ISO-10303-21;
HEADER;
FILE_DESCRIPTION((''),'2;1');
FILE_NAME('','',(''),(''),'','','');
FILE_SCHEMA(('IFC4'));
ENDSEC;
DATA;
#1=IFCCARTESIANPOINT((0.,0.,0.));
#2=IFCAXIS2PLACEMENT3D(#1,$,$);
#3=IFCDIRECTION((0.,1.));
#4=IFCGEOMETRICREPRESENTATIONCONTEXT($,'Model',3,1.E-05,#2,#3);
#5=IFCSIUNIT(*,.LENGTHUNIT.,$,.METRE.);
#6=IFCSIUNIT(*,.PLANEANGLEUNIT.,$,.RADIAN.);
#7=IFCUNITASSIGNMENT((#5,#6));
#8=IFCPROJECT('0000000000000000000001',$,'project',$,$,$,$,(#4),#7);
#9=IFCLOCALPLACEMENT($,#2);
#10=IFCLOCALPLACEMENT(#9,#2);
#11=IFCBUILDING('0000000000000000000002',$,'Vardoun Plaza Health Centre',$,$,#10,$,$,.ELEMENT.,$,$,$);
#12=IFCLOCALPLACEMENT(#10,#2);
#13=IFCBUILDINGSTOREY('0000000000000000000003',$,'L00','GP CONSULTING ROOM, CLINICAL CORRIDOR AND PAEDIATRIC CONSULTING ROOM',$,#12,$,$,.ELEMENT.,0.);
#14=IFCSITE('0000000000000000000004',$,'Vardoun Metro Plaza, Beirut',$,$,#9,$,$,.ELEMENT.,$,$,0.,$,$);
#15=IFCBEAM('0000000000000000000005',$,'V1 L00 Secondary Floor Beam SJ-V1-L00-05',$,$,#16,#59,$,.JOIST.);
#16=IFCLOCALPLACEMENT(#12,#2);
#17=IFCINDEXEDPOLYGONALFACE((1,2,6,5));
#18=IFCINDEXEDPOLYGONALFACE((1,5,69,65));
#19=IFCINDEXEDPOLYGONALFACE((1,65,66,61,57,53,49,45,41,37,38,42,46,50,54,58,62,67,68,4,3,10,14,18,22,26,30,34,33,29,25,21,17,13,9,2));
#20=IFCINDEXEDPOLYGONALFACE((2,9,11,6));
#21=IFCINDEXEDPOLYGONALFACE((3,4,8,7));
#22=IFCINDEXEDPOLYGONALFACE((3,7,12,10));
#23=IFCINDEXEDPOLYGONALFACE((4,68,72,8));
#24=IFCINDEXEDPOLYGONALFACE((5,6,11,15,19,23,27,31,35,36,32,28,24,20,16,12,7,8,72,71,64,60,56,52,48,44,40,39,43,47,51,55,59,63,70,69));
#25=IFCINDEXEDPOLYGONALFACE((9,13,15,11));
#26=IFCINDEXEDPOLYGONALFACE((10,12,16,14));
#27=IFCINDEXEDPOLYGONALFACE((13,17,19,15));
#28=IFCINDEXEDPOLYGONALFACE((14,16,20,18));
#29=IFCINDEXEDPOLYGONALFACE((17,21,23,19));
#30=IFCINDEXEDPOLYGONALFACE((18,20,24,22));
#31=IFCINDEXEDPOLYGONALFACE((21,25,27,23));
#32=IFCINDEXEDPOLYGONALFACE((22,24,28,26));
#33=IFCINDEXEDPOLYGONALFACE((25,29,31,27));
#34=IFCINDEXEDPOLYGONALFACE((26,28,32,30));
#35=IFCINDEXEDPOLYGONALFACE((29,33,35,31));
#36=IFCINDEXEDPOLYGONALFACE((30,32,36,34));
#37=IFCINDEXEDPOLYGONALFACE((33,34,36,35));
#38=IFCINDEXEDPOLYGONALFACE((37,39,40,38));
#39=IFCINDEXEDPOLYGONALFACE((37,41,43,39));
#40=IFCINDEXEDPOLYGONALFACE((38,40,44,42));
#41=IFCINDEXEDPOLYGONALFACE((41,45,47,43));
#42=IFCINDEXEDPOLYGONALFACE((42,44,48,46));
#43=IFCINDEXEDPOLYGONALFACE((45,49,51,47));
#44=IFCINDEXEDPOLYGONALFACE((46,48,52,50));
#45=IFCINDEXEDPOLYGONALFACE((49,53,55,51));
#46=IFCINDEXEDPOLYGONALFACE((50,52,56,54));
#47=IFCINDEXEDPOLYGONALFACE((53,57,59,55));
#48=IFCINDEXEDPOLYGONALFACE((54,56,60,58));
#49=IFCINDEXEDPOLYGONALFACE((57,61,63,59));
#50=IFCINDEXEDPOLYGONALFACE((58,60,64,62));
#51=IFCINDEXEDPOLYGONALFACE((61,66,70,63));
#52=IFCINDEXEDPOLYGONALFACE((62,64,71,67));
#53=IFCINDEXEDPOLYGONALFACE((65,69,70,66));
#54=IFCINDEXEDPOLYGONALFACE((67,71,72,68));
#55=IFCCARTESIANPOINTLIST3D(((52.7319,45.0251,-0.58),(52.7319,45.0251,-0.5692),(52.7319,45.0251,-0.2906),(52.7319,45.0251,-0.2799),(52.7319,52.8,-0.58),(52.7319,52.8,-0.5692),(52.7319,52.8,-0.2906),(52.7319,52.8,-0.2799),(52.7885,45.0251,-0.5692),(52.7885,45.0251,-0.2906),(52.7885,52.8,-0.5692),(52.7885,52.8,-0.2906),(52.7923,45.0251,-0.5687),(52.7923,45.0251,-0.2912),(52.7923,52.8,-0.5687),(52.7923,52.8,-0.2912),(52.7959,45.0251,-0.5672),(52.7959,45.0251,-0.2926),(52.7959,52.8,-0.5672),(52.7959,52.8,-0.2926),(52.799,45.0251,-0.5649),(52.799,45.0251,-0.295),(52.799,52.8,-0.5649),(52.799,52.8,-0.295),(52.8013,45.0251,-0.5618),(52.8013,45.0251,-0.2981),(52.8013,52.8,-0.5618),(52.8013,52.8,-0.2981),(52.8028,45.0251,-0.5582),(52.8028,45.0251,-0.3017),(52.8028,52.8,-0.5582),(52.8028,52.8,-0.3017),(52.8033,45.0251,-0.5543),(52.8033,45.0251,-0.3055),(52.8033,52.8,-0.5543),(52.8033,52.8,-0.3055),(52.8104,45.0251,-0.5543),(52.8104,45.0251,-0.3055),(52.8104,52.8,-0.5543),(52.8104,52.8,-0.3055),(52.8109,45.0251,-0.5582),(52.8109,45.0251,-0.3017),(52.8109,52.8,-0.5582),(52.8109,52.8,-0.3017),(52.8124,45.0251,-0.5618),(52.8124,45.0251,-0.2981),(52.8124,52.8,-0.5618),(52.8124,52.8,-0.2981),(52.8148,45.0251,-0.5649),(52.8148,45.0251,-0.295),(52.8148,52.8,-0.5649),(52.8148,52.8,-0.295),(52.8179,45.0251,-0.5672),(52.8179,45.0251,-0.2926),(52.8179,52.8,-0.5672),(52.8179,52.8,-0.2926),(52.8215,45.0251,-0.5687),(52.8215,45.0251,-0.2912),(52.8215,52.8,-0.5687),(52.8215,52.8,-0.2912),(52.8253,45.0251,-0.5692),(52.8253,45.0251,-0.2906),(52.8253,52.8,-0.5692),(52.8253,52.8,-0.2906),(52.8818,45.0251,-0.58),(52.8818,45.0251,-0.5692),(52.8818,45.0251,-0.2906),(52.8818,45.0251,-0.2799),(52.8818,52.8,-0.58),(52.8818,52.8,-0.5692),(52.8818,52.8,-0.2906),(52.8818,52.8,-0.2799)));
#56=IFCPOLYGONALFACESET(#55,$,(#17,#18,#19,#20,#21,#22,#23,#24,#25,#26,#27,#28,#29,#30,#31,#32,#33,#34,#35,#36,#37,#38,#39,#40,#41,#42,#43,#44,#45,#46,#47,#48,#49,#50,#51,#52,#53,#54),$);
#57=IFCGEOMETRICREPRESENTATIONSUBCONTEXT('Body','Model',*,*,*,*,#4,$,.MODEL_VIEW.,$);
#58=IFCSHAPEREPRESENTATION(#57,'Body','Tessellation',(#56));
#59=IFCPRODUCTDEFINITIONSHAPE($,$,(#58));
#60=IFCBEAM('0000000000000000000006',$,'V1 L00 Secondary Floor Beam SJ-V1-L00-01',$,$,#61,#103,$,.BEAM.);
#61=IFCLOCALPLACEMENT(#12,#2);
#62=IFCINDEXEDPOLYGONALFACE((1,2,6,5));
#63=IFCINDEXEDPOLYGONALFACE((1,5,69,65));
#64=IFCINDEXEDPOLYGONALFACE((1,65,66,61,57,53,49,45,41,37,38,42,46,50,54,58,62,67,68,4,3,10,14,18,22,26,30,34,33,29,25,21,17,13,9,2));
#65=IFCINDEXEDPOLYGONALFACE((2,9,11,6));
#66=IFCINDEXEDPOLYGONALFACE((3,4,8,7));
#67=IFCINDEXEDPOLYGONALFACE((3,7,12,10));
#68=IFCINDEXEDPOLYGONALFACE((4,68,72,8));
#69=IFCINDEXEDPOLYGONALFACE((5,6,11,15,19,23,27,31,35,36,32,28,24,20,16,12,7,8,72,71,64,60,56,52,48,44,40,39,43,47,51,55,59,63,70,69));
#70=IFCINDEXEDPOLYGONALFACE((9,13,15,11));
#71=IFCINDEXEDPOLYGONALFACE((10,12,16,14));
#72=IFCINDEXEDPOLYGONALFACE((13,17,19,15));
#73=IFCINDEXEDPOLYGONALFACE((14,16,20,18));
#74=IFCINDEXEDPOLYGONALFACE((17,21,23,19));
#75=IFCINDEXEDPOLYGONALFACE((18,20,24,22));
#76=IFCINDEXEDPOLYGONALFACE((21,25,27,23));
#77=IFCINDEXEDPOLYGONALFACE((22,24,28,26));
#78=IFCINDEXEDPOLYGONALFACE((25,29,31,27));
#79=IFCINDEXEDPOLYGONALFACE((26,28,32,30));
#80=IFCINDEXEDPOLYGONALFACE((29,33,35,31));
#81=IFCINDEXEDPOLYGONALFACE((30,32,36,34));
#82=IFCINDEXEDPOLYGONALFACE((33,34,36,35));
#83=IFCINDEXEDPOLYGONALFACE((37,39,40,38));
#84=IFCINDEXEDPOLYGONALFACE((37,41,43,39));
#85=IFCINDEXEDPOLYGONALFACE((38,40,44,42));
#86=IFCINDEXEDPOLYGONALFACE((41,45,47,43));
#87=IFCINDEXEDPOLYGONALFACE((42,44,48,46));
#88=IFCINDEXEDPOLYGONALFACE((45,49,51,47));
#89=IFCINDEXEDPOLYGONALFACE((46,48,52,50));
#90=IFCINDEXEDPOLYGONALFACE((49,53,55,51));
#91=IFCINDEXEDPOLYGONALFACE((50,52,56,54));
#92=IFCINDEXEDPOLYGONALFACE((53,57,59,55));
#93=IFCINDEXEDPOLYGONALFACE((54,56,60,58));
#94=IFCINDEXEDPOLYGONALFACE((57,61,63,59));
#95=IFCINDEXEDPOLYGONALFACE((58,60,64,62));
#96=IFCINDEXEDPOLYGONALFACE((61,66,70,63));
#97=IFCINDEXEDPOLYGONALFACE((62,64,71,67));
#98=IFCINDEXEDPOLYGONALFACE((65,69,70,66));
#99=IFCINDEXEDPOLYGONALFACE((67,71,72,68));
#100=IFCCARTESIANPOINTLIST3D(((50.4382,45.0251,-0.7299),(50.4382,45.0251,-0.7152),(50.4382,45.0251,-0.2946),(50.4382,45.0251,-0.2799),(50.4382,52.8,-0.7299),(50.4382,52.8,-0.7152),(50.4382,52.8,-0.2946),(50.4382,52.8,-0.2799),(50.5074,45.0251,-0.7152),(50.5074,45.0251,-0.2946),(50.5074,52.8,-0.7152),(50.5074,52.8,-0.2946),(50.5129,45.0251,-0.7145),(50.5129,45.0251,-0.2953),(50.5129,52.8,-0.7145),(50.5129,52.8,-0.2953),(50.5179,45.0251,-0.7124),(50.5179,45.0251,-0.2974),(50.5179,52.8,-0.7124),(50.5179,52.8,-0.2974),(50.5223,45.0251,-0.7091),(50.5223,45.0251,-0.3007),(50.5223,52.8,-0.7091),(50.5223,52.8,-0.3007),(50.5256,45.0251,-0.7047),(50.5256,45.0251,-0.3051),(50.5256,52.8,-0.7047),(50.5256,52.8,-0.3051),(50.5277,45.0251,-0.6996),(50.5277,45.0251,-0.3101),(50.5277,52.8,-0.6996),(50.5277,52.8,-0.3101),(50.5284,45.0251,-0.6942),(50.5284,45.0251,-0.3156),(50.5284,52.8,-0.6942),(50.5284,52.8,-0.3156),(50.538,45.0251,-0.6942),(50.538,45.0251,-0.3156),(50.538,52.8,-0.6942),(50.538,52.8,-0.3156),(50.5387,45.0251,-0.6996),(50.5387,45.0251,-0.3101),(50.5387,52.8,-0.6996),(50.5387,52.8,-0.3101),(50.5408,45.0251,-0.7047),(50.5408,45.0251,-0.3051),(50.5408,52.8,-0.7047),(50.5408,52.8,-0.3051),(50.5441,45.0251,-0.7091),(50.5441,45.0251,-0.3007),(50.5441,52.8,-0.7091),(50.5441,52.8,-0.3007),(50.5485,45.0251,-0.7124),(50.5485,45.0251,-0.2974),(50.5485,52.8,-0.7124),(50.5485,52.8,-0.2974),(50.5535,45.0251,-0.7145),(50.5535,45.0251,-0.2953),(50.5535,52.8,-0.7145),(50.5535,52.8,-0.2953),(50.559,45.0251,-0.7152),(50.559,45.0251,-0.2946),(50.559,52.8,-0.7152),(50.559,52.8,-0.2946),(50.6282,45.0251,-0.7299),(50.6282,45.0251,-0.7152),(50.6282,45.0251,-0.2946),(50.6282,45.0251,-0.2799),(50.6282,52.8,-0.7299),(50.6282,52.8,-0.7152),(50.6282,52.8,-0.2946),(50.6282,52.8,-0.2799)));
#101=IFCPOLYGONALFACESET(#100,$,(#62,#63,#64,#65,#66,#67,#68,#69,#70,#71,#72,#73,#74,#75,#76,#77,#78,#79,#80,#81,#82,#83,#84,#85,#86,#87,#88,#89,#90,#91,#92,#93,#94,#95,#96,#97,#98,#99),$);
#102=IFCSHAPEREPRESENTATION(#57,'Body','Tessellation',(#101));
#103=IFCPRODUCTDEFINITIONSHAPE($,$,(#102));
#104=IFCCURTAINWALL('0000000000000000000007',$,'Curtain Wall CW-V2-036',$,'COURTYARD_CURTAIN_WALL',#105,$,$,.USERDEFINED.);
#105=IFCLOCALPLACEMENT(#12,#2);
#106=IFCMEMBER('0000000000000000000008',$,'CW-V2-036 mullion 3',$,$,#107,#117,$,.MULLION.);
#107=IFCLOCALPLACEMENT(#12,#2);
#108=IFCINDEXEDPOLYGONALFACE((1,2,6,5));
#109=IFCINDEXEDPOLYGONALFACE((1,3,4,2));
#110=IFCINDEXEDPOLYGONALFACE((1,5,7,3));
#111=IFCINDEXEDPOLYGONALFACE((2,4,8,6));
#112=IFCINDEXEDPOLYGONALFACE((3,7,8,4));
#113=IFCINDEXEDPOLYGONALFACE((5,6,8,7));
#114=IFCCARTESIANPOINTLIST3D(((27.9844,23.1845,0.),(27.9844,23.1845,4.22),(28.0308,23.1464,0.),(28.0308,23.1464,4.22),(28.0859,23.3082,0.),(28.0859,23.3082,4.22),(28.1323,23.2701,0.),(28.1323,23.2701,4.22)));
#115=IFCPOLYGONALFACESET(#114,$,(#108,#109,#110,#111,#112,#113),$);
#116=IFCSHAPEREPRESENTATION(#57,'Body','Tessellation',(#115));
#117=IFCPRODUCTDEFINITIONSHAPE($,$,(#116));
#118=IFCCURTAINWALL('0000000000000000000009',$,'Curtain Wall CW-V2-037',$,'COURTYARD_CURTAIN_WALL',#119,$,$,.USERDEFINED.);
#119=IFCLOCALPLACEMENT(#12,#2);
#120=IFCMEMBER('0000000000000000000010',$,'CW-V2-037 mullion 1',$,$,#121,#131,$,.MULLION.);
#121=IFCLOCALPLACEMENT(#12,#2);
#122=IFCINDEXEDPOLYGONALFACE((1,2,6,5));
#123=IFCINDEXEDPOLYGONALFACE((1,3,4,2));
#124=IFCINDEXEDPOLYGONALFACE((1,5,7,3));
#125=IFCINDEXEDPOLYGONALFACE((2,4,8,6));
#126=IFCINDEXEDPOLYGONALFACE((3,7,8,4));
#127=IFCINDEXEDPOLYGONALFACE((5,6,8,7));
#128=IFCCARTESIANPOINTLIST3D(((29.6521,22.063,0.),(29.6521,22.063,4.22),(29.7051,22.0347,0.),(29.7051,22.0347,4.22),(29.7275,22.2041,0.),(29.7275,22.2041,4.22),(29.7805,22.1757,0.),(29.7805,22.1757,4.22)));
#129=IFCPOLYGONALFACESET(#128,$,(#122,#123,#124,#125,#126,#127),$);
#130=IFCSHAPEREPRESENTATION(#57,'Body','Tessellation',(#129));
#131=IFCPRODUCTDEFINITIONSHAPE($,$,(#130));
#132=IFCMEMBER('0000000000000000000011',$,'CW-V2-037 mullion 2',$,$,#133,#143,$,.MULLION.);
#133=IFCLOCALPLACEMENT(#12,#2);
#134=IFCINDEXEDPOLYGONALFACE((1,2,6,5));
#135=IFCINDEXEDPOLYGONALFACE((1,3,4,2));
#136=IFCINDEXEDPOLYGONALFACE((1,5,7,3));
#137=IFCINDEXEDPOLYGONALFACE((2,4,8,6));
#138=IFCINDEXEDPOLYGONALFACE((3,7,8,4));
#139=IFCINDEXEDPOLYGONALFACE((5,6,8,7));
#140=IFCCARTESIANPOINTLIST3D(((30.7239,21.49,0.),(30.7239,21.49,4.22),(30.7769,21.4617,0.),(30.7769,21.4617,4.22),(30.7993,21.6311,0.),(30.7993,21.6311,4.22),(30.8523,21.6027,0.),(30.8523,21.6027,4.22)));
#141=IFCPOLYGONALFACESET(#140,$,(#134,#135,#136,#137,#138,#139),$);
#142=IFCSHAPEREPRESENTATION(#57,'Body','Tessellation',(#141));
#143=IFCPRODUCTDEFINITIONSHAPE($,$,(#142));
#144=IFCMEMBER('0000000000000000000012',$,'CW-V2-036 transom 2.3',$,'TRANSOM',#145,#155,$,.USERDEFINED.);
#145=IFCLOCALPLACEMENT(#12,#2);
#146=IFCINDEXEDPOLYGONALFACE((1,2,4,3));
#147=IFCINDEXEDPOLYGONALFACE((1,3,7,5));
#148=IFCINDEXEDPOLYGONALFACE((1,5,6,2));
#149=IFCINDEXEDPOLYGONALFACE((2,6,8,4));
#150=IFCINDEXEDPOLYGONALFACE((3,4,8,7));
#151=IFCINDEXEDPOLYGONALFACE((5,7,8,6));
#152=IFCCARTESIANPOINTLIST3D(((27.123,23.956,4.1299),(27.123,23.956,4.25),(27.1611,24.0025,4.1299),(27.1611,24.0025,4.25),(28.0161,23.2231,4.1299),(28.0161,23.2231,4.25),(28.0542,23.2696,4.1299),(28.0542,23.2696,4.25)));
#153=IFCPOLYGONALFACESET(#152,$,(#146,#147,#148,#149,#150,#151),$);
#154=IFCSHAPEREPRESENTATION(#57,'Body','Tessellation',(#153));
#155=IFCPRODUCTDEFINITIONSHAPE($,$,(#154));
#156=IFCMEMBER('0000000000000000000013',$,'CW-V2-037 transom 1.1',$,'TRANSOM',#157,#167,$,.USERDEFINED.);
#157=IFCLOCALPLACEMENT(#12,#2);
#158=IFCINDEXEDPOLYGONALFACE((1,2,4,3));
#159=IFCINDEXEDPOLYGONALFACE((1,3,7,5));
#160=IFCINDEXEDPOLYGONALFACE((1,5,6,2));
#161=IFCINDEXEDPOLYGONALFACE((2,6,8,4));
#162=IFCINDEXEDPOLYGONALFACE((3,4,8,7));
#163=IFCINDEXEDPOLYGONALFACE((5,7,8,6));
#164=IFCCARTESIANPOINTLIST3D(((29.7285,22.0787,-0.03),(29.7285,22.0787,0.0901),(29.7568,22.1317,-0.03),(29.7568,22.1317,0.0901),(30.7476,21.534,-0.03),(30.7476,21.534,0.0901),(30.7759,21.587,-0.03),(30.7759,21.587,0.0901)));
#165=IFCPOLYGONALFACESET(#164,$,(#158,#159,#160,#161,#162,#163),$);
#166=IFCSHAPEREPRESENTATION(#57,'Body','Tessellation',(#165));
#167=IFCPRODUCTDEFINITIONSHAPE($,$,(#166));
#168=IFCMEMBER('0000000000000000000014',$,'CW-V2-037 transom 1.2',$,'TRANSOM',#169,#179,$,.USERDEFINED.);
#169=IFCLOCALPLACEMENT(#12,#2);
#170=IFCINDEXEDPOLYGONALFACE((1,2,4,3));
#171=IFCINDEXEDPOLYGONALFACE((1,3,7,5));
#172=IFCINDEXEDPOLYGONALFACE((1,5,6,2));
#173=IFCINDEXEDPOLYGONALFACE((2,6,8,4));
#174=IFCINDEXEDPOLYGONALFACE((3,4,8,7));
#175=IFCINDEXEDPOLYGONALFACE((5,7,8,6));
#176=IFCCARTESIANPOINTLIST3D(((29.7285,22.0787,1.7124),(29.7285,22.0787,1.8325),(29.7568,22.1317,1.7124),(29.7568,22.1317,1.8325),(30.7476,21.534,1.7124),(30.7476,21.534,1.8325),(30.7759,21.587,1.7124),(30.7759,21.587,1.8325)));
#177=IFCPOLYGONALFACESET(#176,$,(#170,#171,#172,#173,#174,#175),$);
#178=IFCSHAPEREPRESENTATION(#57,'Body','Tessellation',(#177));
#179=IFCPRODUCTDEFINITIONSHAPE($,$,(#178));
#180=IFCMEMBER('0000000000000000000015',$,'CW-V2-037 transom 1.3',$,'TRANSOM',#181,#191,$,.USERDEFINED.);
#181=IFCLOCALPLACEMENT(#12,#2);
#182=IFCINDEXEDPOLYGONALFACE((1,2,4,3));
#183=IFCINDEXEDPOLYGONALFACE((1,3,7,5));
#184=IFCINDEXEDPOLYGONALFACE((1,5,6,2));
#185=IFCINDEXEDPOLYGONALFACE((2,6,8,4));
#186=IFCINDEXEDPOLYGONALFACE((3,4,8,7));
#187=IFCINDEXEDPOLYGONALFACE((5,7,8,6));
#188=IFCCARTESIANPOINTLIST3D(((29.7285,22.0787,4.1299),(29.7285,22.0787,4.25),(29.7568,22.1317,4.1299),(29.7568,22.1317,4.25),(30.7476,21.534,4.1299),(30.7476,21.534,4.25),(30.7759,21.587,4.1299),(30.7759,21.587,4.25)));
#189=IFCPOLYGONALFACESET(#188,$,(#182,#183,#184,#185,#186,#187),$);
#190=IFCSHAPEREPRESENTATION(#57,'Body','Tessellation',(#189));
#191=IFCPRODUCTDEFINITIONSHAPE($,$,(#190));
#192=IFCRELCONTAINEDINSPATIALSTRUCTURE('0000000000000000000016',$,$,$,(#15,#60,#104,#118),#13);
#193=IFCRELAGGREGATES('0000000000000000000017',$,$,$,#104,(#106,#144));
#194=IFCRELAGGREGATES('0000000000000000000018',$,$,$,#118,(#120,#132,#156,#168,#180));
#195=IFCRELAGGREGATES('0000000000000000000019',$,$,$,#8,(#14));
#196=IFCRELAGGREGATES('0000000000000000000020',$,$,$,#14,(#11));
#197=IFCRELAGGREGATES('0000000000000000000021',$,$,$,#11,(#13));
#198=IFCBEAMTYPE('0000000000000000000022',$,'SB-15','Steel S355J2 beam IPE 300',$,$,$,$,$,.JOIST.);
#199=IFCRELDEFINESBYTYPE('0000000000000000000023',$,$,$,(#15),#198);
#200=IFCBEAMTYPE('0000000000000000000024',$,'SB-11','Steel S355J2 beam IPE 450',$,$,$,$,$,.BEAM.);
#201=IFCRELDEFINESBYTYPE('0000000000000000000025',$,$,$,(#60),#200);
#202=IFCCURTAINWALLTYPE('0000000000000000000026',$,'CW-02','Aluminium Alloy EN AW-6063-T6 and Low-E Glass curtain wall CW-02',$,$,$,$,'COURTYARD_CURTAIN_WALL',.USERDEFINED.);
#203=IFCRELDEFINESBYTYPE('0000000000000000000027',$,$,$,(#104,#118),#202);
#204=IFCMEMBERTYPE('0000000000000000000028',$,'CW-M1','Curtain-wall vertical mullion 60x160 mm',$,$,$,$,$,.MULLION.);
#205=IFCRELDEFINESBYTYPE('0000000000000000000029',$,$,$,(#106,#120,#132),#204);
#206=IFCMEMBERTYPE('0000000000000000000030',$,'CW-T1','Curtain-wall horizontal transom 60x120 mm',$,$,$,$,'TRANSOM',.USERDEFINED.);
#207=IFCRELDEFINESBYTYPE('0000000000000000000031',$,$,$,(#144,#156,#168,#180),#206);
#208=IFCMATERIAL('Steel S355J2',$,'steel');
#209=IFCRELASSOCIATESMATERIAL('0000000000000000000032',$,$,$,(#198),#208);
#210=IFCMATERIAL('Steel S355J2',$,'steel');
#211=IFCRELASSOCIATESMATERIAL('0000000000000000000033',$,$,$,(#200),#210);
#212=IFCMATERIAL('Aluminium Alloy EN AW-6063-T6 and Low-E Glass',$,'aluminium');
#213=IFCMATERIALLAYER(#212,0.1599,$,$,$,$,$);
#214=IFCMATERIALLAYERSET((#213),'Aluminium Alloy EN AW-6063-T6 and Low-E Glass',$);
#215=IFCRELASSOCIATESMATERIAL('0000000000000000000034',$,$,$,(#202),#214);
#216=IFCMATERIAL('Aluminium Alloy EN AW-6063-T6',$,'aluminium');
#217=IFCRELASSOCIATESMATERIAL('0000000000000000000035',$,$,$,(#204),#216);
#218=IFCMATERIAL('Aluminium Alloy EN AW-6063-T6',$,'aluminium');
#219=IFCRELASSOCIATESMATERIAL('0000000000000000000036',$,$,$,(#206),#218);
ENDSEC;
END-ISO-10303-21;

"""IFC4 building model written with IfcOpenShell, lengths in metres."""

from ifc_helpers import new_model, si_unit, direction, frame, origin, origin_2d, place, context, subcontext, project, spatial, rectangle, i_section, extrude, material, layer, layer_set, material_profile, profile_set, type_object, element, aggregate, save


model = new_model("IFC4")

# Units and contexts
model_context = context("Model", 3, precision=1e-05, world=origin(), true_north=direction((0.0, 1.0)))
body_context = subcontext(model_context, "Body", "Model", "MODEL_VIEW")
ifc_project = project(units=[si_unit("LENGTHUNIT", "METRE"), si_unit("PLANEANGLEUNIT", "RADIAN")], contexts=[model_context])

# Site, building, storey
site_placement = place(None, origin())
site = spatial("IfcSite", under=ifc_project, at=site_placement, Name="Vardoun Metro Plaza, Beirut", CompositionType="ELEMENT", RefElevation=0.0)
building_placement = place(site_placement, origin())
building = spatial("IfcBuilding", under=site, at=building_placement, Name="Vardoun Plaza Health Centre", CompositionType="ELEMENT")
storey_placement = place(building_placement, origin())
storey = spatial("IfcBuildingStorey", under=building, at=storey_placement, Name="L00", Description="GP CONSULTING ROOM, CLINICAL CORRIDOR AND PAEDIATRIC CONSULTING ROOM", CompositionType="ELEMENT", Elevation=0.0)

# Beams
ifc_material_1 = material(Name="Steel S355J2", Category="steel")
ifc_material_profile_1 = material_profile(ifc_material_1, i_section(OverallWidth=0.1499, OverallDepth=0.3, WebThickness=0.0071, FlangeThickness=0.0107, FilletRadius=0.0149, at=origin_2d()), Name="IPE 300")
ifc_profile_set_1 = profile_set([ifc_material_profile_1], Name="Steel S355J2")
beam_type_1 = type_object("IfcBeamType", Name="SB-15", Description="Steel S355J2 beam IPE 300", PredefinedType="JOIST", material=ifc_profile_set_1)
beam_1_placement = place(storey_placement, frame((52.8069, 45.0251, -0.4299), z_axis=(0.0, 1.0, 0.0), x_axis=(-1.0, 0.0, 0.0)))
element("IfcBeam", 1, at=beam_1_placement, inside=storey, type_object=beam_type_1, Name="V1 L00 Secondary Floor Beam SJ-V1-L00-05", PredefinedType="JOIST", context=body_context, shape_type="SweptSolid", body=[
    extrude(i_section(OverallWidth=0.1499, OverallDepth=0.3, WebThickness=0.0071, FlangeThickness=0.0107, FilletRadius=0.0149, at=origin_2d()), origin(), (0.0, 0.0, 1.0), 7.7749),
])
ifc_material_2 = material(Name="Steel S355J2", Category="steel")
ifc_material_profile_2 = material_profile(ifc_material_2, i_section(OverallWidth=0.1899, OverallDepth=0.45, WebThickness=0.0095, FlangeThickness=0.0146, FilletRadius=0.021, at=origin_2d()), Name="IPE 450")
ifc_profile_set_2 = profile_set([ifc_material_profile_2], Name="Steel S355J2")
beam_type_2 = type_object("IfcBeamType", Name="SB-11", Description="Steel S355J2 beam IPE 450", PredefinedType="BEAM", material=ifc_profile_set_2)
beam_2_placement = place(storey_placement, frame((50.5332, 45.0251, -0.5049), z_axis=(0.0, 1.0, 0.0), x_axis=(-1.0, 0.0, 0.0)))
element("IfcBeam", 2, at=beam_2_placement, inside=storey, type_object=beam_type_2, Name="V1 L00 Secondary Floor Beam SJ-V1-L00-01", PredefinedType="BEAM", context=body_context, shape_type="SweptSolid", body=[
    extrude(i_section(OverallWidth=0.1899, OverallDepth=0.45, WebThickness=0.0095, FlangeThickness=0.0146, FilletRadius=0.021, at=origin_2d()), origin(), (0.0, 0.0, 1.0), 7.7749),
])

# Curtain wall, member
ifc_material_3 = material(Name="Aluminium Alloy EN AW-6063-T6 and Low-E Glass", Category="aluminium")
ifc_layer_1 = layer(ifc_material_3, 0.1599)
ifc_layer_set_1 = layer_set([ifc_layer_1], Name="Aluminium Alloy EN AW-6063-T6 and Low-E Glass")
curtain_wall_type = type_object("IfcCurtainWallType", Name="CW-02", Description="Aluminium Alloy EN AW-6063-T6 and Low-E Glass curtain wall CW-02", ElementType="COURTYARD_CURTAIN_WALL", PredefinedType="USERDEFINED", material=ifc_layer_set_1)
curtain_wall_1_placement = place(storey_placement, origin())
curtain_wall_1 = element("IfcCurtainWall", 3, at=curtain_wall_1_placement, inside=storey, type_object=curtain_wall_type, Name="Curtain Wall CW-V2-036", ObjectType="COURTYARD_CURTAIN_WALL", PredefinedType="USERDEFINED")
ifc_material_4 = material(Name="Aluminium Alloy EN AW-6063-T6", Category="aluminium")
ifc_material_profile_3 = material_profile(ifc_material_4, rectangle(XDim=0.1599, YDim=0.0601, at=origin_2d()), Name="CWM 60x160")
ifc_profile_set_3 = profile_set([ifc_material_profile_3], Name="Aluminium Alloy EN AW-6063-T6")
member_type_1 = type_object("IfcMemberType", Name="CW-M1", Description="Curtain-wall vertical mullion 60x160 mm", PredefinedType="MULLION", material=ifc_profile_set_3)
member_1_placement = place(storey_placement, frame((28.0583, 23.2273, 0.0), z_axis=(0.0, 0.0, 1.0), x_axis=(0.634385, 0.773017, 0.0)))
member_1 = element("IfcMember", 4, at=member_1_placement, type_object=member_type_1, Name="CW-V2-036 mullion 3", PredefinedType="MULLION", context=body_context, shape_type="SweptSolid", body=[
    extrude(rectangle(XDim=0.1599, YDim=0.0601, at=origin_2d()), origin(), (0.0, 0.0, 1.0), 4.22),
])

# Curtain wall, members
curtain_wall_2_placement = place(storey_placement, origin())
curtain_wall_2 = element("IfcCurtainWall", 5, at=curtain_wall_2_placement, inside=storey, type_object=curtain_wall_type, Name="Curtain Wall CW-V2-037", ObjectType="COURTYARD_CURTAIN_WALL", PredefinedType="USERDEFINED")
member_2_placement = place(storey_placement, frame((29.7163, 22.1194, 0.0), z_axis=(0.0, 0.0, 1.0), x_axis=(0.471395, 0.881922, 0.0)))
member_2 = element("IfcMember", 6, at=member_2_placement, type_object=member_type_1, Name="CW-V2-037 mullion 1", PredefinedType="MULLION", context=body_context, shape_type="SweptSolid", body=[
    extrude(rectangle(XDim=0.1599, YDim=0.0601, at=origin_2d()), origin(), (0.0, 0.0, 1.0), 4.22),
])
member_3_placement = place(storey_placement, frame((30.7881, 21.5464, 0.0), z_axis=(0.0, 0.0, 1.0), x_axis=(0.471395, 0.881922, 0.0)))
member_3 = element("IfcMember", 7, at=member_3_placement, type_object=member_type_1, Name="CW-V2-037 mullion 2", PredefinedType="MULLION", context=body_context, shape_type="SweptSolid", body=[
    extrude(rectangle(XDim=0.1599, YDim=0.0601, at=origin_2d()), origin(), (0.0, 0.0, 1.0), 4.22),
])

# Members
ifc_material_5 = material(Name="Aluminium Alloy EN AW-6063-T6", Category="aluminium")
ifc_material_profile_4 = material_profile(ifc_material_5, rectangle(XDim=0.0601, YDim=0.1201, at=origin_2d()), Name="CWT 60x120")
ifc_profile_set_4 = profile_set([ifc_material_profile_4], Name="Aluminium Alloy EN AW-6063-T6")
member_type_2 = type_object("IfcMemberType", Name="CW-T1", Description="Curtain-wall horizontal transom 60x120 mm", ElementType="TRANSOM", PredefinedType="USERDEFINED", material=ifc_profile_set_4)
member_4_placement = place(storey_placement, frame((27.1421, 23.9792, 4.1899), z_axis=(0.773015, -0.634388, 0.0), x_axis=(0.634388, 0.773015, 0.0)))
member_4 = element("IfcMember", 8, at=member_4_placement, type_object=member_type_2, Name="CW-V2-036 transom 2.3", ObjectType="TRANSOM", PredefinedType="USERDEFINED", context=body_context, shape_type="SweptSolid", body=[
    extrude(rectangle(XDim=0.0601, YDim=0.1201, at=origin_2d()), origin(), (0.0, 0.0, 1.0), 1.1553),
])
member_5_placement = place(storey_placement, frame((29.7427, 22.1052, 0.03), z_axis=(0.881926, -0.471389, 0.0), x_axis=(0.471389, 0.881926, 0.0)))
member_5 = element("IfcMember", 9, at=member_5_placement, type_object=member_type_2, Name="CW-V2-037 transom 1.1", ObjectType="TRANSOM", PredefinedType="USERDEFINED", context=body_context, shape_type="SweptSolid", body=[
    extrude(rectangle(XDim=0.0601, YDim=0.1201, at=origin_2d()), origin(), (0.0, 0.0, 1.0), 1.1555),
])
member_6_placement = place(storey_placement, frame((29.7427, 22.1052, 1.7725), z_axis=(0.881926, -0.471389, 0.0), x_axis=(0.471389, 0.881926, 0.0)))
member_6 = element("IfcMember", 10, at=member_6_placement, type_object=member_type_2, Name="CW-V2-037 transom 1.2", ObjectType="TRANSOM", PredefinedType="USERDEFINED", context=body_context, shape_type="SweptSolid", body=[
    extrude(rectangle(XDim=0.0601, YDim=0.1201, at=origin_2d()), origin(), (0.0, 0.0, 1.0), 1.1555),
])
member_7_placement = place(storey_placement, frame((29.7427, 22.1052, 4.1899), z_axis=(0.881926, -0.471389, 0.0), x_axis=(0.471389, 0.881926, 0.0)))
member_7 = element("IfcMember", 11, at=member_7_placement, type_object=member_type_2, Name="CW-V2-037 transom 1.3", ObjectType="TRANSOM", PredefinedType="USERDEFINED", context=body_context, shape_type="SweptSolid", body=[
    extrude(rectangle(XDim=0.0601, YDim=0.1201, at=origin_2d()), origin(), (0.0, 0.0, 1.0), 1.1555),
])

aggregate(curtain_wall_1, [member_1, member_4])
aggregate(curtain_wall_2, [member_2, member_3, member_5, member_6, member_7])

save(model, "model.ifc")
